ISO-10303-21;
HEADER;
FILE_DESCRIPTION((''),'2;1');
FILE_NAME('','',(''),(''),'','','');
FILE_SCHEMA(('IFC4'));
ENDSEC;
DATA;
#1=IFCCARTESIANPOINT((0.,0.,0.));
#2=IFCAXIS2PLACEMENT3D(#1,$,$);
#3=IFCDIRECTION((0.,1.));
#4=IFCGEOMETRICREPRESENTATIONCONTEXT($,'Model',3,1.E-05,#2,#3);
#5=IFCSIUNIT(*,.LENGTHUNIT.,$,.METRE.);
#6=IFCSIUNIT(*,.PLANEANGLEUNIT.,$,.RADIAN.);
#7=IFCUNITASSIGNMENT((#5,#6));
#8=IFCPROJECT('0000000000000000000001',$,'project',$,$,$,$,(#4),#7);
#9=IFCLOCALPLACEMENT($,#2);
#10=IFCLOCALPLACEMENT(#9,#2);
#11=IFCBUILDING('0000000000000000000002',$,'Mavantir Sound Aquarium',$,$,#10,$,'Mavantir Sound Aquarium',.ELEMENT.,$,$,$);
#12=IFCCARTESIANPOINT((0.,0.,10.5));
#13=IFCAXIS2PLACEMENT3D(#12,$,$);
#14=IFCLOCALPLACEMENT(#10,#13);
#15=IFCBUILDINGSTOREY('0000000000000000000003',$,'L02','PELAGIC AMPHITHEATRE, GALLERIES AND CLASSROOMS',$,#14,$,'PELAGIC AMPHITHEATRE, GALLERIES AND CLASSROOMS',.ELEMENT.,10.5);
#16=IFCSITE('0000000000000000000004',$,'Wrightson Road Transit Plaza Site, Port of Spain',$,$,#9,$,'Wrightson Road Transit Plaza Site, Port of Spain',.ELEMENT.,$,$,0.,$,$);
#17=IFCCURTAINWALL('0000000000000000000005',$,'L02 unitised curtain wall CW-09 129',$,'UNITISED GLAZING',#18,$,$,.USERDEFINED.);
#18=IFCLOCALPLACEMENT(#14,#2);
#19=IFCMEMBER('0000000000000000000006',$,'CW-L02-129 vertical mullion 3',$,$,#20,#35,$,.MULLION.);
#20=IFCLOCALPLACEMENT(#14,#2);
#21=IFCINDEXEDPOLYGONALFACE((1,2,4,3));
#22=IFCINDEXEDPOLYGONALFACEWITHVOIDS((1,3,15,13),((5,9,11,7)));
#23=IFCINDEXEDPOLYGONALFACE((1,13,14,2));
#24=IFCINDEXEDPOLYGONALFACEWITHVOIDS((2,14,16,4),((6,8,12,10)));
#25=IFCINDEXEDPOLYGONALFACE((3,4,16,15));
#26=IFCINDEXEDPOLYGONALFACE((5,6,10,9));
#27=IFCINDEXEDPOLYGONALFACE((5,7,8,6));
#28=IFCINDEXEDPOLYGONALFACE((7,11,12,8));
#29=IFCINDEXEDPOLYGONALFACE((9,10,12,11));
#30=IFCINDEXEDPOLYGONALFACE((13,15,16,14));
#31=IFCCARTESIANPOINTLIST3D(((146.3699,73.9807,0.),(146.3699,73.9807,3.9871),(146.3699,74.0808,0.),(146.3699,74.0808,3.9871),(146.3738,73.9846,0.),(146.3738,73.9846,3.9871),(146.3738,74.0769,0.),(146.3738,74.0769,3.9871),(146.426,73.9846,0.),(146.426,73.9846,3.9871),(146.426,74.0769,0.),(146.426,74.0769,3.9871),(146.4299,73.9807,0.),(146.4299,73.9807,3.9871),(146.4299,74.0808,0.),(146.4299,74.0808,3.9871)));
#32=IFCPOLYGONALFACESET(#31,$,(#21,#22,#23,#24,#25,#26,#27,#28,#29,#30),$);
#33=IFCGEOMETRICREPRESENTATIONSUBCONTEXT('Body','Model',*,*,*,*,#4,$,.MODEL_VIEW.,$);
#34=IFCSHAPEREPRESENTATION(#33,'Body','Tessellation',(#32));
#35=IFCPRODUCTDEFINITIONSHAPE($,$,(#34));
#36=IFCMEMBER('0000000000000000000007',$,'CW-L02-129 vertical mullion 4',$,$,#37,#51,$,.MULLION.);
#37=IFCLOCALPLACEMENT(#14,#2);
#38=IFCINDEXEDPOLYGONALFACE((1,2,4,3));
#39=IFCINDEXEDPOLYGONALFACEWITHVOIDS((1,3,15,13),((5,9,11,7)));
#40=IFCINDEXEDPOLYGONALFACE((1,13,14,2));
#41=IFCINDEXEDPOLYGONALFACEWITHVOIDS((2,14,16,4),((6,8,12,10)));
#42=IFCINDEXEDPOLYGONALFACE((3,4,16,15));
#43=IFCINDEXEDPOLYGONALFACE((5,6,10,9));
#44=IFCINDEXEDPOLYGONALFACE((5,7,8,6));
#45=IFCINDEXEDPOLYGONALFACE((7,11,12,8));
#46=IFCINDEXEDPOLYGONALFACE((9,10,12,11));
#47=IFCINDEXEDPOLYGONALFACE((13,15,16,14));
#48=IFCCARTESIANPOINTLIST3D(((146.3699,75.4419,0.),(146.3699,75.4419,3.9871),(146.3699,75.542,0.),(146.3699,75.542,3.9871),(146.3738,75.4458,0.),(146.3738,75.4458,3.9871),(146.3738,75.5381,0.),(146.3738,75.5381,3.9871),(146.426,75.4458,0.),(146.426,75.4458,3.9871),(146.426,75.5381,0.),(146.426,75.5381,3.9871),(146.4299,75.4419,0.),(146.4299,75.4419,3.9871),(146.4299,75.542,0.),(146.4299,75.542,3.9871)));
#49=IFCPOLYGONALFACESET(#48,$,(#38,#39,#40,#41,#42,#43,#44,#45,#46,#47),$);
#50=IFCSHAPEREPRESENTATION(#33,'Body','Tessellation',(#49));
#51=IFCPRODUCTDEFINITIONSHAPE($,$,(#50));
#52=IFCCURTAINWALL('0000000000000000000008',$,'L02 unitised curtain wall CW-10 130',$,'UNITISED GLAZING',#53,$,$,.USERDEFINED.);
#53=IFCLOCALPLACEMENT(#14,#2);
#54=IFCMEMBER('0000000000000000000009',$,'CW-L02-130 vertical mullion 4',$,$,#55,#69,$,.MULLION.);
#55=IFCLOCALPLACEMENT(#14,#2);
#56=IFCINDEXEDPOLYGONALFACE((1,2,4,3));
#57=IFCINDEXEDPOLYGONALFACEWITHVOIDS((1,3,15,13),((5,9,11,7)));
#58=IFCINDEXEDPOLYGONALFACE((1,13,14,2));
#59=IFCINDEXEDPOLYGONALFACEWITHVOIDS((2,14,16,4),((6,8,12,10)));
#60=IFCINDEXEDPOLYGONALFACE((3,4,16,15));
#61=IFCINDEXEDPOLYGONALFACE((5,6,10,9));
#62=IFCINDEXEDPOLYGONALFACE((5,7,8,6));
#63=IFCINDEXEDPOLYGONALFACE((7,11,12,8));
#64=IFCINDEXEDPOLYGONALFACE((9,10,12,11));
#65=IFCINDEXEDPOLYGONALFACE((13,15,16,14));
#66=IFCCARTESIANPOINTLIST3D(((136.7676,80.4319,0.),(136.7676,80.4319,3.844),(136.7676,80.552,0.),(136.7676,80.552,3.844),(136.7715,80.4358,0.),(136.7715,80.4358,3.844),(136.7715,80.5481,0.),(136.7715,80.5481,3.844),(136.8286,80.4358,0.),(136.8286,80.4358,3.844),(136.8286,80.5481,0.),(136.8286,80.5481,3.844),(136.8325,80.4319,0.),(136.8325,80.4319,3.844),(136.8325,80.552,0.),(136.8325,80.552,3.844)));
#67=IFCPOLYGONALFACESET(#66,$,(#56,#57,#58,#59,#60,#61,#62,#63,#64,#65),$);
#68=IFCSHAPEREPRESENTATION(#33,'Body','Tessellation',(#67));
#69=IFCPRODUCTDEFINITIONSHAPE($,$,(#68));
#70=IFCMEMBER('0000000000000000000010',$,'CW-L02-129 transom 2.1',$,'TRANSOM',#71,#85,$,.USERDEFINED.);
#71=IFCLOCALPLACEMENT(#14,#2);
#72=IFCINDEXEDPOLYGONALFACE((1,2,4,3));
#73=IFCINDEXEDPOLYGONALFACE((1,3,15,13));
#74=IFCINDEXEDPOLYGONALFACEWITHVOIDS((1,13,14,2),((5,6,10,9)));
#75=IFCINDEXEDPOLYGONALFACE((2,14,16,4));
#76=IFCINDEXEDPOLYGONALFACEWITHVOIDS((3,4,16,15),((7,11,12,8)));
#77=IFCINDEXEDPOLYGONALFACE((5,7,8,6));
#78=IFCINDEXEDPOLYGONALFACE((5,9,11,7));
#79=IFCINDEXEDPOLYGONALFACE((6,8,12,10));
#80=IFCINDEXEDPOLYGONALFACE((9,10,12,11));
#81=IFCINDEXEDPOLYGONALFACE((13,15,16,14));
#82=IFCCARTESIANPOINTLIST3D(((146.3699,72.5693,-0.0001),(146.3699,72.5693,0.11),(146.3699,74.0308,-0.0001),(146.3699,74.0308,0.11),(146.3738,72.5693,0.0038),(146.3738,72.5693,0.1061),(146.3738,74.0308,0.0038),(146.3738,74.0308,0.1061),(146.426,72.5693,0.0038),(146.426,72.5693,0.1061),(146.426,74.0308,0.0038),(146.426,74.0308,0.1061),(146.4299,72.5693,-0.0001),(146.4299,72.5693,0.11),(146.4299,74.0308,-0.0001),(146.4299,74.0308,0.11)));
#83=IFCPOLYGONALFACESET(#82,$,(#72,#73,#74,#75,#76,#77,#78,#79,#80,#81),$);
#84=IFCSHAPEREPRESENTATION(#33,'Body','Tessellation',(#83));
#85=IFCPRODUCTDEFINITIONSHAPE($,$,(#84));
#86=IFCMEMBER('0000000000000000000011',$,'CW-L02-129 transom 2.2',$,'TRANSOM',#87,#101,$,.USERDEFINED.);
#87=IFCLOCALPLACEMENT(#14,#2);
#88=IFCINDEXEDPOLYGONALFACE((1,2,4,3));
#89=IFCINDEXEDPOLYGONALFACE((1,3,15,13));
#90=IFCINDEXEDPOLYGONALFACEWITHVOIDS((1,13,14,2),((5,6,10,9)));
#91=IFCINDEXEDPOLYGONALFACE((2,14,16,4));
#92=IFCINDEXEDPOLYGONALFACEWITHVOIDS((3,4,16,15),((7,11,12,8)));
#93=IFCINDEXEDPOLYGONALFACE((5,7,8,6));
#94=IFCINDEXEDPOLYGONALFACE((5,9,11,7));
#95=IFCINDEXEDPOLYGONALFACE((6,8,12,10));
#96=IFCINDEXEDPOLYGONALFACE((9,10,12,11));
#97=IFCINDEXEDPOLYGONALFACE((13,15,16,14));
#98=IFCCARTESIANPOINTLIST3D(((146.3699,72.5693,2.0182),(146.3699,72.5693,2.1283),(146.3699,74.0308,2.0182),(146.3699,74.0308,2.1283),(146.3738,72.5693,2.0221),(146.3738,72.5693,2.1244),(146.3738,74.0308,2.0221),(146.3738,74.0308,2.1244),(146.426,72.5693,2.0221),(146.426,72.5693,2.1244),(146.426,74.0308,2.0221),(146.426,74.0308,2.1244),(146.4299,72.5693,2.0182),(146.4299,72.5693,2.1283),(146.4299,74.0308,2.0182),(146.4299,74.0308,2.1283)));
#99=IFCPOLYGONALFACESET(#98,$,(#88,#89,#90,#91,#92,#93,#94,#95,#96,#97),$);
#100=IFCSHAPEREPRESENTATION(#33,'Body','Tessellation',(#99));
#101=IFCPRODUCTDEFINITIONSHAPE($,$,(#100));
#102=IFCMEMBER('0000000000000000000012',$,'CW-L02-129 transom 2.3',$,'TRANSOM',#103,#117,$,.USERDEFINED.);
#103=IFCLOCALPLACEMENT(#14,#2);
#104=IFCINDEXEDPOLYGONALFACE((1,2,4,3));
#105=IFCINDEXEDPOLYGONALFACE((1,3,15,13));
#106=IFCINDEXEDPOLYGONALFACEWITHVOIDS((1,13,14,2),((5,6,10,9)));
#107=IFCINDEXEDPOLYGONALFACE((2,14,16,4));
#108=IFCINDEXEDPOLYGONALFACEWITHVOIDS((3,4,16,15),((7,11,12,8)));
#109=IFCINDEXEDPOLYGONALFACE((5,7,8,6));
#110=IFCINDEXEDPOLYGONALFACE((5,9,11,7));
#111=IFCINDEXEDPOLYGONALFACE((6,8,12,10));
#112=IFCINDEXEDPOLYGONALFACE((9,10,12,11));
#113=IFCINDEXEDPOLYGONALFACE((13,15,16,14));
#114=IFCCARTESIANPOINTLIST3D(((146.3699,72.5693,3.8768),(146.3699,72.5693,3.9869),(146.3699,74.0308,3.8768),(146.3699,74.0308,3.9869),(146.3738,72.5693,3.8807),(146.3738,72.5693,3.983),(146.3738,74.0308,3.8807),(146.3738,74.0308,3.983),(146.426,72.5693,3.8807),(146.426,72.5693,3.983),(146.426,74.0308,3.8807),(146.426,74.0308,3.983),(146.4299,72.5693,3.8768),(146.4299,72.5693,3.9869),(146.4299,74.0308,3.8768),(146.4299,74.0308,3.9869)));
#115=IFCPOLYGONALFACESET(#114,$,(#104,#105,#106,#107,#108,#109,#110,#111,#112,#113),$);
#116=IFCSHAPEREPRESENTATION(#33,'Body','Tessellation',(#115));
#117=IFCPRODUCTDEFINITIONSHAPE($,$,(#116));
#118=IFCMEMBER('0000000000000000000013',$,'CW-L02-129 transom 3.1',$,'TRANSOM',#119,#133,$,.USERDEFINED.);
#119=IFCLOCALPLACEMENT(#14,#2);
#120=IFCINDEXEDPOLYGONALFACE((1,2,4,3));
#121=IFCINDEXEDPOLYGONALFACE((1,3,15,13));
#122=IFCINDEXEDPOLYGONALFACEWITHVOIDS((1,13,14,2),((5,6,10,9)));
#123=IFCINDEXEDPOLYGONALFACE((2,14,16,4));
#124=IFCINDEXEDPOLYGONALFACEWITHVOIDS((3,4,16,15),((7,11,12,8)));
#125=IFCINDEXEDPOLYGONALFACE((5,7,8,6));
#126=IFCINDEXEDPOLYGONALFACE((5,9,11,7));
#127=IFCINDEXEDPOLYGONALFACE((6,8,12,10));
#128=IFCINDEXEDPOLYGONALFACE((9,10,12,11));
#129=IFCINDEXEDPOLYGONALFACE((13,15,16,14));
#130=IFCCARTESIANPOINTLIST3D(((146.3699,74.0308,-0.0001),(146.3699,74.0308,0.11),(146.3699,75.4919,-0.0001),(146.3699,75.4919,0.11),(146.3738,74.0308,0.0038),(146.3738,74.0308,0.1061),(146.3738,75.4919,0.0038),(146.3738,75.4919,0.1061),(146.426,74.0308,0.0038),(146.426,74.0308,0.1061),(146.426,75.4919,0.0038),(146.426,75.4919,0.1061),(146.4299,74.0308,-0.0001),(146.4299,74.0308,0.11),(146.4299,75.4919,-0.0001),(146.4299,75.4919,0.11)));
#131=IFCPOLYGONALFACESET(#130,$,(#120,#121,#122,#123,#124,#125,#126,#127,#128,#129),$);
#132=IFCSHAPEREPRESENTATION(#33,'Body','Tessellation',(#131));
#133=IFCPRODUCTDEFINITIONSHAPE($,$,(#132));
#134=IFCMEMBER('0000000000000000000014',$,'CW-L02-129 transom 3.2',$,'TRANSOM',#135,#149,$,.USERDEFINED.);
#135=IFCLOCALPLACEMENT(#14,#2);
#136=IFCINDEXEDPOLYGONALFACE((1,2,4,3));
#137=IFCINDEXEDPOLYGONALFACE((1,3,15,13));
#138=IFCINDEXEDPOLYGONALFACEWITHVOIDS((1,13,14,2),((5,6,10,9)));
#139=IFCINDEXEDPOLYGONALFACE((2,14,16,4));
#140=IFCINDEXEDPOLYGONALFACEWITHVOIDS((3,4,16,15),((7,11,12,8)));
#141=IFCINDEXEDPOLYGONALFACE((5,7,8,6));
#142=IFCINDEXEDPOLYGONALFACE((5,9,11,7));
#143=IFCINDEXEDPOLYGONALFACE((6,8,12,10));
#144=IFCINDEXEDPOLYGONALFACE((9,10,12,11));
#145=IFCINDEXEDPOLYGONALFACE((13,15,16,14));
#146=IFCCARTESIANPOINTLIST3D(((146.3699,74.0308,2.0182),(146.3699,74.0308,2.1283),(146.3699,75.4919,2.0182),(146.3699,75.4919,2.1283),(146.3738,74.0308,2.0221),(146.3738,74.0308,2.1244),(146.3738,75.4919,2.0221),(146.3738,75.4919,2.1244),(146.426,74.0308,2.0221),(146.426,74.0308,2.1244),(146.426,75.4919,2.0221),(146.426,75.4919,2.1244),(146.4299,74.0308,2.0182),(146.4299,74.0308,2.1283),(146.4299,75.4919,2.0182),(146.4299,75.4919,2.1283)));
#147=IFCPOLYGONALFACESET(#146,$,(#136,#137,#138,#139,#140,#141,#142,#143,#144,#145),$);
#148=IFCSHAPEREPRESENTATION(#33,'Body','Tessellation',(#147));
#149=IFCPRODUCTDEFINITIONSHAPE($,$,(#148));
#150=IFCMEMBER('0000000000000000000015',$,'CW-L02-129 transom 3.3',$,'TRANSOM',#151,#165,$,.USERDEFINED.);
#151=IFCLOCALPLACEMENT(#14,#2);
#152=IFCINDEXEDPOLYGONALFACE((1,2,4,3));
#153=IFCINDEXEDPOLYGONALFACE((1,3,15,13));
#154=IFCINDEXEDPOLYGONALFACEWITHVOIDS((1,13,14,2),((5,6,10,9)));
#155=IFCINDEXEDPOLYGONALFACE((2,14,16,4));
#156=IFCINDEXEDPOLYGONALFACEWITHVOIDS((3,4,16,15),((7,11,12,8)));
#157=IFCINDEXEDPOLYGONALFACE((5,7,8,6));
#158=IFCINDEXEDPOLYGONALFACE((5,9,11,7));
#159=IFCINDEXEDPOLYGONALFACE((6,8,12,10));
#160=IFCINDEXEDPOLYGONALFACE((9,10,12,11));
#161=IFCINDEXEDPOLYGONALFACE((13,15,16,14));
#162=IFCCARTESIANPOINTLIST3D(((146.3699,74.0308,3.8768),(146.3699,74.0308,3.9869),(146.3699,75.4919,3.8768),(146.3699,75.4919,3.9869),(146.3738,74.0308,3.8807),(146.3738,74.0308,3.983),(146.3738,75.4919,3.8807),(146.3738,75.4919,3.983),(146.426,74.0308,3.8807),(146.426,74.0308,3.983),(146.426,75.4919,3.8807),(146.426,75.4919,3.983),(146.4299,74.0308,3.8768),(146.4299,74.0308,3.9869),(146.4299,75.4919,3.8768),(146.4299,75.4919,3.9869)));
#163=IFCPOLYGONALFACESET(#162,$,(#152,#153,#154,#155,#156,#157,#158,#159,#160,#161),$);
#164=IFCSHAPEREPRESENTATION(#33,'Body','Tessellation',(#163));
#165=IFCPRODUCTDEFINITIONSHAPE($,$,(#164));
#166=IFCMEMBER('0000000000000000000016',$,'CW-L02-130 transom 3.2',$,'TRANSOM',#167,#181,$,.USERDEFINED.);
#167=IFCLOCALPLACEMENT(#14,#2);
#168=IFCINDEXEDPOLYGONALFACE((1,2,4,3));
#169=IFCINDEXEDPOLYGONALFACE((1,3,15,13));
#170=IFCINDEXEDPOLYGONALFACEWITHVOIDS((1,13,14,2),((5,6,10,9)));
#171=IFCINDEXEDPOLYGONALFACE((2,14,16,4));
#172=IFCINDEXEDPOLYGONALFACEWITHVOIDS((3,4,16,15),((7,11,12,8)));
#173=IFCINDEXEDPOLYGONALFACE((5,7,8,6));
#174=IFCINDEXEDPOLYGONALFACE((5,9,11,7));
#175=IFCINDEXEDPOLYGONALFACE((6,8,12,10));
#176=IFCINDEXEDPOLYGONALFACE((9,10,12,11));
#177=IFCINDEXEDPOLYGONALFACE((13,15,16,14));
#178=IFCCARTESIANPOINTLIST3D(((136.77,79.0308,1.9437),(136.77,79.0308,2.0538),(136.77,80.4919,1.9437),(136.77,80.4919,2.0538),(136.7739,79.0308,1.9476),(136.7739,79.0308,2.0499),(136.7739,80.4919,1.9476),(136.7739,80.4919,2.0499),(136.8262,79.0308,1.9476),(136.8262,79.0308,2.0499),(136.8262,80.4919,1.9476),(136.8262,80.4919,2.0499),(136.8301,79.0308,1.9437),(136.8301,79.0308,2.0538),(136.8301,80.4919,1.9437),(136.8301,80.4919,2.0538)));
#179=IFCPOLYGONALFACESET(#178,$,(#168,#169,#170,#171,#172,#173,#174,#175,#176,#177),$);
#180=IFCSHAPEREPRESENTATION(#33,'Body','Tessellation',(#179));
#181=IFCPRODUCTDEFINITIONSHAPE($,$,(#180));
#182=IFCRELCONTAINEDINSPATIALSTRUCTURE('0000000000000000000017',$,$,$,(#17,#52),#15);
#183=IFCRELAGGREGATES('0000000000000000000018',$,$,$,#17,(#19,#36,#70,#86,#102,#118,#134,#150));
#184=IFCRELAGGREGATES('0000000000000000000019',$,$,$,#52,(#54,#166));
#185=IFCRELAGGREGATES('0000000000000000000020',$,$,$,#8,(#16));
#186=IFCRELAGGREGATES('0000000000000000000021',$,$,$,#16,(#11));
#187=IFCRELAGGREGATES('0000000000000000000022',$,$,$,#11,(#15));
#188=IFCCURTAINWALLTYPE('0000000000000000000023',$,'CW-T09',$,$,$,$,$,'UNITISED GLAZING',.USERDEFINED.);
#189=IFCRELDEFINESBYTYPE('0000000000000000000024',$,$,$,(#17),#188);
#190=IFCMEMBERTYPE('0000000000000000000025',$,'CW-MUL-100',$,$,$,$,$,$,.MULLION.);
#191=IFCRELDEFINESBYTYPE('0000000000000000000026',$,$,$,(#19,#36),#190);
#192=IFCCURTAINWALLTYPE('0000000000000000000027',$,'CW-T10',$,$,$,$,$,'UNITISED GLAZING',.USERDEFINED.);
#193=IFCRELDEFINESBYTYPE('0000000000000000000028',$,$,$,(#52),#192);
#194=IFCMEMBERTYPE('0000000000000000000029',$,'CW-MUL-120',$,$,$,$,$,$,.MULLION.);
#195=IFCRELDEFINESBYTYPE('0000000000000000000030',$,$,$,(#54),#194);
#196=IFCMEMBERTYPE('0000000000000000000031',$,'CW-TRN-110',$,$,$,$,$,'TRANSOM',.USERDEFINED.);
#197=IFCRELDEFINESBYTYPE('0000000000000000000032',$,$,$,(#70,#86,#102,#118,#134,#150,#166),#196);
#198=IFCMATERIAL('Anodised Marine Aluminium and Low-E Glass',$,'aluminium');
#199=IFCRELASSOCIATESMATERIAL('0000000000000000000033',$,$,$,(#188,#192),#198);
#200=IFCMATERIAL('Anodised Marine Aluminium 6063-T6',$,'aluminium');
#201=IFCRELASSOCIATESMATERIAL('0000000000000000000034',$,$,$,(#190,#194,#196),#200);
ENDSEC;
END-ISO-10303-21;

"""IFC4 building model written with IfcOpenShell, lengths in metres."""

from ifc_helpers import new_model, si_unit, direction, frame, origin, origin_2d, place, context, subcontext, project, spatial, hollow_rectangle, extrude, material, material_profile, profile_set, type_object, element, aggregate, save


model = new_model("IFC4")

# Units and contexts
model_context = context("Model", 3, precision=1e-05, world=origin(), true_north=direction((0.0, 1.0)))
body_context = subcontext(model_context, "Body", "Model", "MODEL_VIEW")
ifc_project = project(units=[si_unit("LENGTHUNIT", "METRE"), si_unit("PLANEANGLEUNIT", "RADIAN")], contexts=[model_context])

# Site, building, storey
site_placement = place(None, origin())
site = spatial("IfcSite", under=ifc_project, at=site_placement, Name="Wrightson Road Transit Plaza Site, Port of Spain", LongName="Wrightson Road Transit Plaza Site, Port of Spain", CompositionType="ELEMENT", RefElevation=0.0)
building_placement = place(site_placement, origin())
building = spatial("IfcBuilding", under=site, at=building_placement, Name="Mavantir Sound Aquarium", LongName="Mavantir Sound Aquarium", CompositionType="ELEMENT")
storey_placement = place(building_placement, frame((0.0, 0.0, 10.5)))
storey = spatial("IfcBuildingStorey", under=building, at=storey_placement, Name="L02", Description="PELAGIC AMPHITHEATRE, GALLERIES AND CLASSROOMS", LongName="PELAGIC AMPHITHEATRE, GALLERIES AND CLASSROOMS", CompositionType="ELEMENT", Elevation=10.5)

# Curtain wall, members
ifc_material_1 = material(Name="Anodised Marine Aluminium and Low-E Glass", Category="aluminium")
curtain_wall_type_1 = type_object("IfcCurtainWallType", Name="CW-T09", ElementType="UNITISED GLAZING", PredefinedType="USERDEFINED", material=ifc_material_1)
curtain_wall_1_placement = place(storey_placement, origin())
curtain_wall_1 = element("IfcCurtainWall", 1, at=curtain_wall_1_placement, inside=storey, type_object=curtain_wall_type_1, Name="L02 unitised curtain wall CW-09 129", ObjectType="UNITISED GLAZING", PredefinedType="USERDEFINED")
ifc_material_2 = material(Name="Anodised Marine Aluminium 6063-T6", Category="aluminium")
ifc_material_profile_1 = material_profile(ifc_material_2, hollow_rectangle(XDim=0.0601, YDim=0.1001, WallThickness=0.0039, at=origin_2d()), Name="ALU-MULLION-100X60")
ifc_profile_set_1 = profile_set([ifc_material_profile_1], Name="Anodised Marine Aluminium 6063-T6")
member_type_1 = type_object("IfcMemberType", Name="CW-MUL-100", PredefinedType="MULLION", material=ifc_profile_set_1)
member_1_placement = place(storey_placement, frame((146.3999, 74.0308, 0.0), z_axis=(0.0, 0.0, 1.0), x_axis=(1.0, 0.0, 0.0)))
member_1 = element("IfcMember", 2, at=member_1_placement, type_object=member_type_1, Name="CW-L02-129 vertical mullion 3", PredefinedType="MULLION", context=body_context, shape_type="SweptSolid", body=[
    extrude(hollow_rectangle(XDim=0.0601, YDim=0.1001, WallThickness=0.0039, at=origin_2d()), origin(), (0.0, 0.0, 1.0), 3.9871),
])
member_2_placement = place(storey_placement, frame((146.3999, 75.4919, 0.0), z_axis=(0.0, 0.0, 1.0), x_axis=(1.0, 0.0, 0.0)))
member_2 = element("IfcMember", 3, at=member_2_placement, type_object=member_type_1, Name="CW-L02-129 vertical mullion 4", PredefinedType="MULLION", context=body_context, shape_type="SweptSolid", body=[
    extrude(hollow_rectangle(XDim=0.0601, YDim=0.1001, WallThickness=0.0039, at=origin_2d()), origin(), (0.0, 0.0, 1.0), 3.9871),
])

# Curtain wall, member
curtain_wall_type_2 = type_object("IfcCurtainWallType", Name="CW-T10", ElementType="UNITISED GLAZING", PredefinedType="USERDEFINED", material=ifc_material_1)
curtain_wall_2_placement = place(storey_placement, origin())
curtain_wall_2 = element("IfcCurtainWall", 4, at=curtain_wall_2_placement, inside=storey, type_object=curtain_wall_type_2, Name="L02 unitised curtain wall CW-10 130", ObjectType="UNITISED GLAZING", PredefinedType="USERDEFINED")
ifc_material_profile_2 = material_profile(ifc_material_2, hollow_rectangle(XDim=0.0649, YDim=0.1201, WallThickness=0.0039, at=origin_2d()), Name="ALU-MULLION-120X65")
ifc_profile_set_2 = profile_set([ifc_material_profile_2], Name="Anodised Marine Aluminium 6063-T6")
member_type_2 = type_object("IfcMemberType", Name="CW-MUL-120", PredefinedType="MULLION", material=ifc_profile_set_2)
member_3_placement = place(storey_placement, frame((136.8, 80.4919, 0.0), z_axis=(0.0, 0.0, 1.0), x_axis=(1.0, 0.0, 0.0)))
member_3 = element("IfcMember", 5, at=member_3_placement, type_object=member_type_2, Name="CW-L02-130 vertical mullion 4", PredefinedType="MULLION", context=body_context, shape_type="SweptSolid", body=[
    extrude(hollow_rectangle(XDim=0.0649, YDim=0.1201, WallThickness=0.0039, at=origin_2d()), origin(), (0.0, 0.0, 1.0), 3.844),
])

# Members
ifc_material_profile_3 = material_profile(ifc_material_2, hollow_rectangle(XDim=0.0601, YDim=0.1101, WallThickness=0.0039, at=origin_2d()), Name="ALU-TRANSOM-110X60")
ifc_profile_set_3 = profile_set([ifc_material_profile_3], Name="Anodised Marine Aluminium 6063-T6")
member_type_3 = type_object("IfcMemberType", Name="CW-TRN-110", ElementType="TRANSOM", PredefinedType="USERDEFINED", material=ifc_profile_set_3)
member_4_placement = place(storey_placement, frame((146.3999, 72.5693, 0.0549), z_axis=(0.0, 1.0, 0.0), x_axis=(-1.0, 0.0, 0.0)))
member_4 = element("IfcMember", 6, at=member_4_placement, type_object=member_type_3, Name="CW-L02-129 transom 2.1", ObjectType="TRANSOM", PredefinedType="USERDEFINED", context=body_context, shape_type="SweptSolid", body=[
    extrude(hollow_rectangle(XDim=0.0601, YDim=0.1101, WallThickness=0.0039, at=origin_2d()), origin(), (0.0, 0.0, 1.0), 1.4614),
])
member_5_placement = place(storey_placement, frame((146.3999, 72.5693, 2.0732), z_axis=(0.0, 1.0, 0.0), x_axis=(-1.0, 0.0, 0.0)))
member_5 = element("IfcMember", 7, at=member_5_placement, type_object=member_type_3, Name="CW-L02-129 transom 2.2", ObjectType="TRANSOM", PredefinedType="USERDEFINED", context=body_context, shape_type="SweptSolid", body=[
    extrude(hollow_rectangle(XDim=0.0601, YDim=0.1101, WallThickness=0.0039, at=origin_2d()), origin(), (0.0, 0.0, 1.0), 1.4614),
])
member_6_placement = place(storey_placement, frame((146.3999, 72.5693, 3.9319), z_axis=(0.0, 1.0, 0.0), x_axis=(-1.0, 0.0, 0.0)))
member_6 = element("IfcMember", 8, at=member_6_placement, type_object=member_type_3, Name="CW-L02-129 transom 2.3", ObjectType="TRANSOM", PredefinedType="USERDEFINED", context=body_context, shape_type="SweptSolid", body=[
    extrude(hollow_rectangle(XDim=0.0601, YDim=0.1101, WallThickness=0.0039, at=origin_2d()), origin(), (0.0, 0.0, 1.0), 1.4614),
])
member_7_placement = place(storey_placement, frame((146.3999, 74.0308, 0.0549), z_axis=(0.0, 1.0, 0.0), x_axis=(-1.0, 0.0, 0.0)))
member_7 = element("IfcMember", 9, at=member_7_placement, type_object=member_type_3, Name="CW-L02-129 transom 3.1", ObjectType="TRANSOM", PredefinedType="USERDEFINED", context=body_context, shape_type="SweptSolid", body=[
    extrude(hollow_rectangle(XDim=0.0601, YDim=0.1101, WallThickness=0.0039, at=origin_2d()), origin(), (0.0, 0.0, 1.0), 1.4612),
])
member_8_placement = place(storey_placement, frame((146.3999, 74.0308, 2.0732), z_axis=(0.0, 1.0, 0.0), x_axis=(-1.0, 0.0, 0.0)))
member_8 = element("IfcMember", 10, at=member_8_placement, type_object=member_type_3, Name="CW-L02-129 transom 3.2", ObjectType="TRANSOM", PredefinedType="USERDEFINED", context=body_context, shape_type="SweptSolid", body=[
    extrude(hollow_rectangle(XDim=0.0601, YDim=0.1101, WallThickness=0.0039, at=origin_2d()), origin(), (0.0, 0.0, 1.0), 1.4612),
])
member_9_placement = place(storey_placement, frame((146.3999, 74.0308, 3.9319), z_axis=(0.0, 1.0, 0.0), x_axis=(-1.0, 0.0, 0.0)))
member_9 = element("IfcMember", 11, at=member_9_placement, type_object=member_type_3, Name="CW-L02-129 transom 3.3", ObjectType="TRANSOM", PredefinedType="USERDEFINED", context=body_context, shape_type="SweptSolid", body=[
    extrude(hollow_rectangle(XDim=0.0601, YDim=0.1101, WallThickness=0.0039, at=origin_2d()), origin(), (0.0, 0.0, 1.0), 1.4612),
])
member_10_placement = place(storey_placement, frame((136.8, 79.0308, 1.9988), z_axis=(0.0, 1.0, 0.0), x_axis=(-1.0, 0.0, 0.0)))
member_10 = element("IfcMember", 12, at=member_10_placement, type_object=member_type_3, Name="CW-L02-130 transom 3.2", ObjectType="TRANSOM", PredefinedType="USERDEFINED", context=body_context, shape_type="SweptSolid", body=[
    extrude(hollow_rectangle(XDim=0.0601, YDim=0.1101, WallThickness=0.0039, at=origin_2d()), origin(), (0.0, 0.0, 1.0), 1.4612),
])

aggregate(curtain_wall_1, [member_1, member_2, member_4, member_5, member_6, member_7, member_8, member_9])
aggregate(curtain_wall_2, [member_3, member_10])

save(model, "model.ifc")
